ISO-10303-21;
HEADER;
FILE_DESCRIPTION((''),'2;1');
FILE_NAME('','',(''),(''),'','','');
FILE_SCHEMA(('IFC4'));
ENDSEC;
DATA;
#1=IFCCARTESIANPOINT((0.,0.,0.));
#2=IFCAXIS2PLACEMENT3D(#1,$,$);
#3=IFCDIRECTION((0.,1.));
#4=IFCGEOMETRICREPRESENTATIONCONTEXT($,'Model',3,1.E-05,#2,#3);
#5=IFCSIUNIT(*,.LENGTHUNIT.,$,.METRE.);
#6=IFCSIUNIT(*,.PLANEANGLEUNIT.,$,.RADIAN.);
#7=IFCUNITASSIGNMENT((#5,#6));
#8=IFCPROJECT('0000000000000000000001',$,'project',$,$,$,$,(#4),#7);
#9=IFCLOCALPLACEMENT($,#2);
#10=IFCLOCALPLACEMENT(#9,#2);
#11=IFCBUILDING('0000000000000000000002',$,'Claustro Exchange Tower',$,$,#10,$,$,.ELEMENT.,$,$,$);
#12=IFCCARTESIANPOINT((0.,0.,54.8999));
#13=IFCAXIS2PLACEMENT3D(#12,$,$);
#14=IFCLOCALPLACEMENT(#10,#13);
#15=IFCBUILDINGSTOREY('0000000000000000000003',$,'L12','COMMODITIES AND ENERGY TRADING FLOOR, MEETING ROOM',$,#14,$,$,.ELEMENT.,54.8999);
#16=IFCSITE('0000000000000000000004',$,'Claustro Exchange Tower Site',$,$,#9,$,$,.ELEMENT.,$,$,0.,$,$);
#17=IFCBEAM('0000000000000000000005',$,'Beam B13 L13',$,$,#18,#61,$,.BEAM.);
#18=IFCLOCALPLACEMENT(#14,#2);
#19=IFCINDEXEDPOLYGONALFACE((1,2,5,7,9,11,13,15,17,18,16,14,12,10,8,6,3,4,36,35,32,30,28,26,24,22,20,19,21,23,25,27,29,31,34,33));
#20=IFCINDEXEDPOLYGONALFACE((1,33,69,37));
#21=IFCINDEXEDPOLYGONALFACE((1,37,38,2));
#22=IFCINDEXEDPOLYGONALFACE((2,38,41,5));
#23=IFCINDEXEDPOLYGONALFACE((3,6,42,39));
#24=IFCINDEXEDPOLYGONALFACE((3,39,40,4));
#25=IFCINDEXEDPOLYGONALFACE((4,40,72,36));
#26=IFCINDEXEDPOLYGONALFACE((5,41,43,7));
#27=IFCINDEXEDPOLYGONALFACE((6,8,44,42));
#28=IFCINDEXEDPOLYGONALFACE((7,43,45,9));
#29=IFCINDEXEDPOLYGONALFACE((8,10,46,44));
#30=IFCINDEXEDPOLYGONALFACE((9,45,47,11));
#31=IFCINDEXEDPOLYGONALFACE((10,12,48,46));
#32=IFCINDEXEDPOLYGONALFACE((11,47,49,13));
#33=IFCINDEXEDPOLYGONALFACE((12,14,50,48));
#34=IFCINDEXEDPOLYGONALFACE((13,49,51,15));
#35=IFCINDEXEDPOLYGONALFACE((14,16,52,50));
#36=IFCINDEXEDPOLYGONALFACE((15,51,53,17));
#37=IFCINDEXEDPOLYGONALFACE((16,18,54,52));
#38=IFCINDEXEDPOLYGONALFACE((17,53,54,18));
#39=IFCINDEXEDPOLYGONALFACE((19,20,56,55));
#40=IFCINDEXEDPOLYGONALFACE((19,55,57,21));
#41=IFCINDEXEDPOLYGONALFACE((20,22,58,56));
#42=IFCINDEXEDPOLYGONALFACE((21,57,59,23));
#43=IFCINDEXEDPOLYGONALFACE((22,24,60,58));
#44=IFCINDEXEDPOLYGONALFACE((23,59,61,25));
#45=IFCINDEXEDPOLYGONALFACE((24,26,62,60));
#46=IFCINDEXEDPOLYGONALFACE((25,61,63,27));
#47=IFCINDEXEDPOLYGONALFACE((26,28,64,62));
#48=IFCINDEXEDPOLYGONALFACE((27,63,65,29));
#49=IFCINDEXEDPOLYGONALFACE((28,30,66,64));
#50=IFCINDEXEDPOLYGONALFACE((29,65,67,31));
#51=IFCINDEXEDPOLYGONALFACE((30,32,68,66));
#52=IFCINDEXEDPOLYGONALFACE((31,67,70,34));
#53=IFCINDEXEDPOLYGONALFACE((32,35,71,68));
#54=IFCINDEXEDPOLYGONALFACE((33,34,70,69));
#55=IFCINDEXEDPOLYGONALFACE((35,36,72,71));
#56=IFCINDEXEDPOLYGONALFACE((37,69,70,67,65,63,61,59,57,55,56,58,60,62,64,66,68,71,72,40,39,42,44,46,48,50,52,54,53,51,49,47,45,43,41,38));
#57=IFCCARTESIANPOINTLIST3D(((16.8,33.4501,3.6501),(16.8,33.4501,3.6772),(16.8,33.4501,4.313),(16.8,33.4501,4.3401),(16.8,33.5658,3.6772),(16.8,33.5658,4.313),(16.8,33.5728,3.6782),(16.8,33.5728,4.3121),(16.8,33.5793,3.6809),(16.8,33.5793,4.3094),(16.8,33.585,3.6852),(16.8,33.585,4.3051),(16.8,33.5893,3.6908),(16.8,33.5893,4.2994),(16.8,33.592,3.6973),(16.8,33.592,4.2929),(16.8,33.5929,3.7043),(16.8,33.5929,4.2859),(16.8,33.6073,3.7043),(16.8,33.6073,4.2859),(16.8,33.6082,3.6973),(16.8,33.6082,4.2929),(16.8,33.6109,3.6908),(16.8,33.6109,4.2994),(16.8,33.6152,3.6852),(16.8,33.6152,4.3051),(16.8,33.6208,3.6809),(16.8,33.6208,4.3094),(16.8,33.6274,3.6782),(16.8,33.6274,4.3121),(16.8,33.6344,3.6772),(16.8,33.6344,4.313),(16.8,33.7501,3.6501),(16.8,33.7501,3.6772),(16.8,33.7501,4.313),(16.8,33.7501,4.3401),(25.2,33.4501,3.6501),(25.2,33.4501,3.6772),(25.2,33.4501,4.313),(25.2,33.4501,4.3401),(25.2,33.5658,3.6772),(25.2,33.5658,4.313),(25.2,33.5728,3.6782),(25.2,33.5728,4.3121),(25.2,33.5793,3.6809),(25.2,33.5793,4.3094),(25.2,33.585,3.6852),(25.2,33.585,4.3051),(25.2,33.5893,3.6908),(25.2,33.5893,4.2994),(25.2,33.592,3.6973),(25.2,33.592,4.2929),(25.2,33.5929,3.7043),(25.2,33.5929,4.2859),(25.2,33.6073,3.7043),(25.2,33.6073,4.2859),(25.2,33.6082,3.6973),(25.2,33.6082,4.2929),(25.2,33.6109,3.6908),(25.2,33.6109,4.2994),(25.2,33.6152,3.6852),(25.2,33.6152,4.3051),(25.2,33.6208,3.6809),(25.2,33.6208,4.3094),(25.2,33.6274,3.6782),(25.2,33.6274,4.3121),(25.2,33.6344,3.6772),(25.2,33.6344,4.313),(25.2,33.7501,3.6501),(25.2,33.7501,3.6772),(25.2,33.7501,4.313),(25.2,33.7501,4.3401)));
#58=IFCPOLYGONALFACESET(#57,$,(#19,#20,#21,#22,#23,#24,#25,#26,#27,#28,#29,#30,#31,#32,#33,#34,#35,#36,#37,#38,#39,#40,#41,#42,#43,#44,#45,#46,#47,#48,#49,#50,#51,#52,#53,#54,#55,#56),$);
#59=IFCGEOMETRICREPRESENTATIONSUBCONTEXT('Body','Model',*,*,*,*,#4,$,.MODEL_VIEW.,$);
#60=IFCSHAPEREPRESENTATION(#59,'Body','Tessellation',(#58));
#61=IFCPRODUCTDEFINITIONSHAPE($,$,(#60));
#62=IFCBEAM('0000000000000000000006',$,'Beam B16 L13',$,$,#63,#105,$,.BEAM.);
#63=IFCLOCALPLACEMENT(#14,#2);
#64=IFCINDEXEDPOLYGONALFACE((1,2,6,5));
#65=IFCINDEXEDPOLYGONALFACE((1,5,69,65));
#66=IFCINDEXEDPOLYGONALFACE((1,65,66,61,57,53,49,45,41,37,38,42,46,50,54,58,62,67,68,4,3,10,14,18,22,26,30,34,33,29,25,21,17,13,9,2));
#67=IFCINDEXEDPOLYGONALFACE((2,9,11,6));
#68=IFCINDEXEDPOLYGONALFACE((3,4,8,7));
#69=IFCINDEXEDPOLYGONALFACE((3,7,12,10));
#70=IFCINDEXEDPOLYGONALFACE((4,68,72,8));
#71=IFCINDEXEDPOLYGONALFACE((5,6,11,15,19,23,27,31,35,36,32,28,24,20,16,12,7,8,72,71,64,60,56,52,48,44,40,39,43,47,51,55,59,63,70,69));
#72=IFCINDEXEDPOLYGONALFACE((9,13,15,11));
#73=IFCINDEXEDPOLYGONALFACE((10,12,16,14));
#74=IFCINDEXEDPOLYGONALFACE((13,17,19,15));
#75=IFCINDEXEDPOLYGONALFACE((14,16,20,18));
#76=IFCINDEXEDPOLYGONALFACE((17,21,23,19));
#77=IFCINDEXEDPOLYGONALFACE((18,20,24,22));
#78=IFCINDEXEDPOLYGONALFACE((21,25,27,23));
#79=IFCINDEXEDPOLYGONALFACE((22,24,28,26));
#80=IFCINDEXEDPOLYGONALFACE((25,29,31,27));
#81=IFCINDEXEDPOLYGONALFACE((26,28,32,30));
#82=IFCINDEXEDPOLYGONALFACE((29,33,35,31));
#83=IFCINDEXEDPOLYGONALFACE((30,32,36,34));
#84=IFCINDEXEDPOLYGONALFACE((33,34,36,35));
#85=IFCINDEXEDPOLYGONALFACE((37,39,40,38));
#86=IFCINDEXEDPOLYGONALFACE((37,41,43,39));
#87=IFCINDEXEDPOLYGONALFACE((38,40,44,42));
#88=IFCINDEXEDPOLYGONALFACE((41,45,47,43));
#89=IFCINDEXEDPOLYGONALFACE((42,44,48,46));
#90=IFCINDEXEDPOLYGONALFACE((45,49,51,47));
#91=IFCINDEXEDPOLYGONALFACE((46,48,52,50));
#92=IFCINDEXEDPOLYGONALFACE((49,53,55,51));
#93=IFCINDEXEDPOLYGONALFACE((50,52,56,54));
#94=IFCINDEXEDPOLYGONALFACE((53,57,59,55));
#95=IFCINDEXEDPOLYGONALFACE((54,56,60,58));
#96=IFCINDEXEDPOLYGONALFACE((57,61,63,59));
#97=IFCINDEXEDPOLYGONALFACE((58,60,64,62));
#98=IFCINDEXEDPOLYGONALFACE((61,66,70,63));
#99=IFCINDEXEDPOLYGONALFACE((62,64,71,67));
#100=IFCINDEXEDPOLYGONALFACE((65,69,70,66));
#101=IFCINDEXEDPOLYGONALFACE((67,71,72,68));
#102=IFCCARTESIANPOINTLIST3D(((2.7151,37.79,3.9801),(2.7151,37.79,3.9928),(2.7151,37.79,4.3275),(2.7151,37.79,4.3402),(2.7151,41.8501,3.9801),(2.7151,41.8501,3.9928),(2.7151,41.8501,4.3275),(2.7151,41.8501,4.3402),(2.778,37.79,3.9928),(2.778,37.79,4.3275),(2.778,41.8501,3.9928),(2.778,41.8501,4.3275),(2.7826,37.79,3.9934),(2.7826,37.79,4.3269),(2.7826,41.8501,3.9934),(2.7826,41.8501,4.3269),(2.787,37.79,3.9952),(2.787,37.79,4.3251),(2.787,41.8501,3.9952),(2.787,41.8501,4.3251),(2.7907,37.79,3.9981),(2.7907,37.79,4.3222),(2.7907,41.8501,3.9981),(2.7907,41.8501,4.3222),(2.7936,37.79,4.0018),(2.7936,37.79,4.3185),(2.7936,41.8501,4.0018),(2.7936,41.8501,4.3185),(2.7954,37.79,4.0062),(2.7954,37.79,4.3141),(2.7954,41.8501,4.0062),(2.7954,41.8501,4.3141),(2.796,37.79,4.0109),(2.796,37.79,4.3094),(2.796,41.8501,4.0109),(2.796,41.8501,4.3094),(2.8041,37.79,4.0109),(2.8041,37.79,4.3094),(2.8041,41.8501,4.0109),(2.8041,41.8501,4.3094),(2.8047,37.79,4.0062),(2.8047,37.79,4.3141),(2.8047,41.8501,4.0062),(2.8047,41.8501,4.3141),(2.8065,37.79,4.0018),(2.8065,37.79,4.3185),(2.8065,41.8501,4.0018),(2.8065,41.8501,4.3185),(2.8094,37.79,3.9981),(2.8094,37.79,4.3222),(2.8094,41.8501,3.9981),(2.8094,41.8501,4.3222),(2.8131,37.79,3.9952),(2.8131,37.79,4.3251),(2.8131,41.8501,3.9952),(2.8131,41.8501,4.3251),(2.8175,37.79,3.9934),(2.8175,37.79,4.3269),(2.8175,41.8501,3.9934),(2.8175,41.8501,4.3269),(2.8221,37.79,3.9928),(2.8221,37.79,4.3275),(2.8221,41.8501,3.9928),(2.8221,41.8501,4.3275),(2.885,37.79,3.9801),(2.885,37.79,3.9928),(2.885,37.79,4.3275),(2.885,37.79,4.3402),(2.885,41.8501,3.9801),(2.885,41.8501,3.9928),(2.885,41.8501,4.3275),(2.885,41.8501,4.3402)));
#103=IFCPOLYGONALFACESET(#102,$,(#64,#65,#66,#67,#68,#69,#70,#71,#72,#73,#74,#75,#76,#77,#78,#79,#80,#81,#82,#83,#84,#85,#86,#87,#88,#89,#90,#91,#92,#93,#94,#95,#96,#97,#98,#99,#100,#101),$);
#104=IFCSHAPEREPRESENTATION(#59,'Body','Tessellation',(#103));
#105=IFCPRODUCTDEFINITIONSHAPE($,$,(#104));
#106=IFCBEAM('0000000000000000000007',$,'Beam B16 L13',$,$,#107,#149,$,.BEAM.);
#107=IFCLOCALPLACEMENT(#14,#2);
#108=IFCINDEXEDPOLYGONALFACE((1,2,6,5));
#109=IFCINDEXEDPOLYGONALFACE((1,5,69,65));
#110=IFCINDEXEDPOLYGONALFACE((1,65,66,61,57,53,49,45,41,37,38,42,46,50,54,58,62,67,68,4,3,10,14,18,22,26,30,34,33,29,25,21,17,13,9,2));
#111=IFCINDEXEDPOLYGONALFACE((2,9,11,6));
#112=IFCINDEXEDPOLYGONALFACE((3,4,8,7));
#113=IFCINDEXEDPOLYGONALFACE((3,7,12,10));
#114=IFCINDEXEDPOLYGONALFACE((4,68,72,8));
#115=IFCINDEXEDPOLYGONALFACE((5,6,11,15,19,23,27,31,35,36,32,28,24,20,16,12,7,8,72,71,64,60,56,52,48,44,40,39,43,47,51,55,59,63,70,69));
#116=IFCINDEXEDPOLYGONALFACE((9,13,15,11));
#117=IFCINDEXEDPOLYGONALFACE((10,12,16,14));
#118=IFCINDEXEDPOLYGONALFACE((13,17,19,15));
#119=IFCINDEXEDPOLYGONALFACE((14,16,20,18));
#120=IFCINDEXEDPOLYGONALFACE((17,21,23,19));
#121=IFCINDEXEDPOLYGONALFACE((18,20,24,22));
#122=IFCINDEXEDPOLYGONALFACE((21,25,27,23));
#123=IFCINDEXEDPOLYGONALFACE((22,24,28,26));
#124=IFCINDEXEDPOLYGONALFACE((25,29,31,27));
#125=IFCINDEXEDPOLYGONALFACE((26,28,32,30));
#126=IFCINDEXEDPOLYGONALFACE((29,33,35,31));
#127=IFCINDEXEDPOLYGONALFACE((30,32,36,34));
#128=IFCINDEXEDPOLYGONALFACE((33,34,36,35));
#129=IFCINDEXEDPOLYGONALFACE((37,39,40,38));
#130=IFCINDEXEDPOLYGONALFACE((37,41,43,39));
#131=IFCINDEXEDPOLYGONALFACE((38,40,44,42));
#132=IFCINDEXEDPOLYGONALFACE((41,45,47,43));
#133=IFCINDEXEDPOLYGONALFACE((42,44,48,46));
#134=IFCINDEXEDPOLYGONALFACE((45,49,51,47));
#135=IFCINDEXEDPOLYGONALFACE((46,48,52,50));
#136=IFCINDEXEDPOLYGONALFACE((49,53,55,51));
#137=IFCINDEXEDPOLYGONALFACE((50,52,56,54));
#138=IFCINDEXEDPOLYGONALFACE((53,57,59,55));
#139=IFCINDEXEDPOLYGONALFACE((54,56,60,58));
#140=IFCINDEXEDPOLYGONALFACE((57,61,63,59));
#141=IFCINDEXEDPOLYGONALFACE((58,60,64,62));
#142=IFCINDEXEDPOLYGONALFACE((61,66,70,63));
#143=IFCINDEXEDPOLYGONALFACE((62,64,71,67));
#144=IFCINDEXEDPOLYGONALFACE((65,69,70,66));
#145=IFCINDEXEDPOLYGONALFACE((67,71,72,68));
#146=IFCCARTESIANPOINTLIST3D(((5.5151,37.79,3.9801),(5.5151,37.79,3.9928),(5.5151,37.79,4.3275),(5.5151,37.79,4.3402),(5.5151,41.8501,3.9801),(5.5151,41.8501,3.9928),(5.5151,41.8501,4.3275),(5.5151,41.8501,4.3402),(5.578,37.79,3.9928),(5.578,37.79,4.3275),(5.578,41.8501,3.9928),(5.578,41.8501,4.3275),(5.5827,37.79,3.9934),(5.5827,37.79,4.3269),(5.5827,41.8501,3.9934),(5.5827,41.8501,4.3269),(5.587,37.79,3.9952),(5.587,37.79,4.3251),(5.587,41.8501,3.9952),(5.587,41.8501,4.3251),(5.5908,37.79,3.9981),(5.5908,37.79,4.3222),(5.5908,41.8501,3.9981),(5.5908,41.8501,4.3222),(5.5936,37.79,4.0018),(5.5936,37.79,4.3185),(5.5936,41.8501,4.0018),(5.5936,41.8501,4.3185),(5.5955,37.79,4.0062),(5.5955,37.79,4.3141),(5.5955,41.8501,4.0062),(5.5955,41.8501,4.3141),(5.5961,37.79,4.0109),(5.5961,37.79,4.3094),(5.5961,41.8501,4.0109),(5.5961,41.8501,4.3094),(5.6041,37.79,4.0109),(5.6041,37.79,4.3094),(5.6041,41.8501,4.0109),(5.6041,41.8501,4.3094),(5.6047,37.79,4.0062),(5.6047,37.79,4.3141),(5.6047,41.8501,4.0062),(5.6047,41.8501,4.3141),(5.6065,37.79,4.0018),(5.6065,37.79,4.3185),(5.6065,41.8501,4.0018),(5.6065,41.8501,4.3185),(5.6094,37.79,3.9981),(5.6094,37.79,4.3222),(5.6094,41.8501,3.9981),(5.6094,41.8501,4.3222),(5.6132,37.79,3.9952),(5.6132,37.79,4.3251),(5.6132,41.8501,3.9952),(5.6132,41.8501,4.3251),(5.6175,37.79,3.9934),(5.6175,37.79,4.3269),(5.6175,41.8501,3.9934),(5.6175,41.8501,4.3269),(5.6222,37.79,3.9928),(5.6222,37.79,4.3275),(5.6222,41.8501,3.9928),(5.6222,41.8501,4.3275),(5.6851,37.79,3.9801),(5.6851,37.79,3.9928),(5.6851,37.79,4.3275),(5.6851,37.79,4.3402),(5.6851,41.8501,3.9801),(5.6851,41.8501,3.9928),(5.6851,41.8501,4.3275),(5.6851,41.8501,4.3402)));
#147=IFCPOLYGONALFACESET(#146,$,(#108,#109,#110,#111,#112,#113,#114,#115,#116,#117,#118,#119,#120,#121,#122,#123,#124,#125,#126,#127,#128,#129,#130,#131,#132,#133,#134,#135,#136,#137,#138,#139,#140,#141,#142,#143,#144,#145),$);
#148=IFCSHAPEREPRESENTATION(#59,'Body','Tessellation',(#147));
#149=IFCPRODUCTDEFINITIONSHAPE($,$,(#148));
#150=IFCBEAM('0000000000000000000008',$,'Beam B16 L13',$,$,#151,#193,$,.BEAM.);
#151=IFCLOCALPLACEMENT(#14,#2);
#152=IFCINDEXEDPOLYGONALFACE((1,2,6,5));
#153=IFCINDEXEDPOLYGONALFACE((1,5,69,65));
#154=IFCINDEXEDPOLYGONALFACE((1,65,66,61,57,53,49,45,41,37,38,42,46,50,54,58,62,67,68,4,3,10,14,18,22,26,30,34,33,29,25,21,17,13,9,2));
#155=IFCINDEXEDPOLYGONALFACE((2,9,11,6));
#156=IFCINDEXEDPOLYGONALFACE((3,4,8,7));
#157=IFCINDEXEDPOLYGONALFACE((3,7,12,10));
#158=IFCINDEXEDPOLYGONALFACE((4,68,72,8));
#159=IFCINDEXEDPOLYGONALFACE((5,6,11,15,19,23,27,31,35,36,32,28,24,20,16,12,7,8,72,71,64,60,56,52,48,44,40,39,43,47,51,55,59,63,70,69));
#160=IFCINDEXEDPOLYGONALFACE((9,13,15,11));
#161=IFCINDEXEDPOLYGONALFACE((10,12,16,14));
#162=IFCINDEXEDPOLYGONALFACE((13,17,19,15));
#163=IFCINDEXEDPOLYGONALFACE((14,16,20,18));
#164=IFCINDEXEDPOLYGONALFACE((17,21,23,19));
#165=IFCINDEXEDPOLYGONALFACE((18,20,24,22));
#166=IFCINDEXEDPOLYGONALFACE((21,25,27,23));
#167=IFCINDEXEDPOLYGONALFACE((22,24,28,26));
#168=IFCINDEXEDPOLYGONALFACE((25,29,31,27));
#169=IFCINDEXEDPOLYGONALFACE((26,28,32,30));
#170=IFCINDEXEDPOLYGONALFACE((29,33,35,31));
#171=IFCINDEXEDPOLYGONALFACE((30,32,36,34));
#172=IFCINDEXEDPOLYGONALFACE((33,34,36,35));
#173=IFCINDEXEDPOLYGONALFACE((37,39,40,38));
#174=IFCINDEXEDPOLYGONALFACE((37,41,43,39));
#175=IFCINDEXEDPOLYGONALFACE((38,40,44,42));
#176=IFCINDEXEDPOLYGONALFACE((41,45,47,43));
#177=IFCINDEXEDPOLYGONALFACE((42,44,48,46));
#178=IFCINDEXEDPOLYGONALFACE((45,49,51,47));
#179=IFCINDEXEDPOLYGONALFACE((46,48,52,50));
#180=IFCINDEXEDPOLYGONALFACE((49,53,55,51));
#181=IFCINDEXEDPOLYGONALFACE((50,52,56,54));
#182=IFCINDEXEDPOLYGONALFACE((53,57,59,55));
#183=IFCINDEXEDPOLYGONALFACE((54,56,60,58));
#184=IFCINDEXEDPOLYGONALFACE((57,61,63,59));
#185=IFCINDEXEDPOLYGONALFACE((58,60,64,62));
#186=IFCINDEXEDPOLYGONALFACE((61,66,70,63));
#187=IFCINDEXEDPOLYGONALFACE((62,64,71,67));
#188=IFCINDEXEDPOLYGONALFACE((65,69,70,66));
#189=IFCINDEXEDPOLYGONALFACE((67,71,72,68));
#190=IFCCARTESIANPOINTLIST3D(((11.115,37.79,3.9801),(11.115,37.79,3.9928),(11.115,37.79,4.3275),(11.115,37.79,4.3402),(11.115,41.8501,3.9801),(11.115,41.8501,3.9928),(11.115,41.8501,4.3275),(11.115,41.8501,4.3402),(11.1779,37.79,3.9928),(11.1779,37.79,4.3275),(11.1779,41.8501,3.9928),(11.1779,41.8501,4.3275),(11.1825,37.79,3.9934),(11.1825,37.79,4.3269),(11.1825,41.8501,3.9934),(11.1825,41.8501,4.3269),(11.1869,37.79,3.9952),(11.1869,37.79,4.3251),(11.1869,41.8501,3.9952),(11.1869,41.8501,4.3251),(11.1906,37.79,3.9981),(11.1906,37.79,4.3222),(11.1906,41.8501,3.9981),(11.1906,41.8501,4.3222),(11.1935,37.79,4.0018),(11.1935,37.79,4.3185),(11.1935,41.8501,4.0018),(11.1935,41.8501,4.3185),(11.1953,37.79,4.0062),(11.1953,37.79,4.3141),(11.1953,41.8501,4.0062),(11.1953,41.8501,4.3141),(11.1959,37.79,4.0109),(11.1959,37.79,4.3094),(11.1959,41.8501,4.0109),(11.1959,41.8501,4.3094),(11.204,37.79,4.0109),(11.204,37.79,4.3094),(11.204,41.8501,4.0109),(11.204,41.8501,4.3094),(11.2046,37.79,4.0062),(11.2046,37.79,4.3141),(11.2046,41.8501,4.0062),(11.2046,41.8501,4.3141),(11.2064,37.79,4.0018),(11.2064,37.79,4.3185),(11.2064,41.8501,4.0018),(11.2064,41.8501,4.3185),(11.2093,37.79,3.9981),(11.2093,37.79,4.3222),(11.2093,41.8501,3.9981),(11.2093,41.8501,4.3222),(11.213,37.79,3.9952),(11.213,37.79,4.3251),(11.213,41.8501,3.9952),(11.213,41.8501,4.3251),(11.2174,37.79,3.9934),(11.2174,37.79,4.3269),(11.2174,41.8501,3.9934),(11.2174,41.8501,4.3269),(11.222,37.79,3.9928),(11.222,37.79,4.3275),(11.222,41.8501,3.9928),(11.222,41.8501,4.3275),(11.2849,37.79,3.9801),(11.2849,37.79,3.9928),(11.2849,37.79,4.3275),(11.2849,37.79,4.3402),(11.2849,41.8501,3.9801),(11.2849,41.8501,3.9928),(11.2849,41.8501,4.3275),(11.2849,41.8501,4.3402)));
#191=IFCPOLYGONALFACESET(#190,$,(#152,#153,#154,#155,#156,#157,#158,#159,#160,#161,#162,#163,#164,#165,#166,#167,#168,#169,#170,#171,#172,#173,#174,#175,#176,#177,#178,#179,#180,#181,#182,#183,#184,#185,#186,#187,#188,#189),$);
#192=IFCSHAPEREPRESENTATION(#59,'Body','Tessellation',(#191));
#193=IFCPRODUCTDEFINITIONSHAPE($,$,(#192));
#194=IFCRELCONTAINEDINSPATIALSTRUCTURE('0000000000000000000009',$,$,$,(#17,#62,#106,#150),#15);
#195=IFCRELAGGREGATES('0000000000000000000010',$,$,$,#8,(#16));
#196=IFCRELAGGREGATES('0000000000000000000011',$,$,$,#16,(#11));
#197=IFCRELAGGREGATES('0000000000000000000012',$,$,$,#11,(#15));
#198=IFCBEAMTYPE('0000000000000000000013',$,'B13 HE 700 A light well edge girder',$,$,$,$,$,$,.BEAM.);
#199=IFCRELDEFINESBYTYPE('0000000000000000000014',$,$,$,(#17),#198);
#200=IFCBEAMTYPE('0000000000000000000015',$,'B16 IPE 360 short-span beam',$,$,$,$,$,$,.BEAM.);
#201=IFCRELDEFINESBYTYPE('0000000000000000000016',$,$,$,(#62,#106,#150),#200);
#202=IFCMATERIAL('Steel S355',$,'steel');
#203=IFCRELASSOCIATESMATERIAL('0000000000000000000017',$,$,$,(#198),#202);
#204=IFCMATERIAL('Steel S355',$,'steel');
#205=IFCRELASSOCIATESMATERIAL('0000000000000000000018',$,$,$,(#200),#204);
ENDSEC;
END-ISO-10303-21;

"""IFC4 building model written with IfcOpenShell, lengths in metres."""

from ifc_helpers import new_model, si_unit, direction, frame, origin, origin_2d, place, context, subcontext, project, spatial, i_section, extrude, material, material_profile, profile_set, type_object, element, save


model = new_model("IFC4")

# Units and contexts
model_context = context("Model", 3, precision=1e-05, world=origin(), true_north=direction((0.0, 1.0)))
body_context = subcontext(model_context, "Body", "Model", "MODEL_VIEW")
ifc_project = project(units=[si_unit("LENGTHUNIT", "METRE"), si_unit("PLANEANGLEUNIT", "RADIAN")], contexts=[model_context])

# Site, building, storey
site_placement = place(None, origin())
site = spatial("IfcSite", under=ifc_project, at=site_placement, Name="Claustro Exchange Tower Site", CompositionType="ELEMENT", RefElevation=0.0)
building_placement = place(site_placement, origin())
building = spatial("IfcBuilding", under=site, at=building_placement, Name="Claustro Exchange Tower", CompositionType="ELEMENT")
storey_placement = place(building_placement, frame((0.0, 0.0, 54.8999)))
storey = spatial("IfcBuildingStorey", under=building, at=storey_placement, Name="L12", Description="COMMODITIES AND ENERGY TRADING FLOOR, MEETING ROOM", CompositionType="ELEMENT", Elevation=54.8999)

# Beams
ifc_material_1 = material(Name="Steel S355", Category="steel")
ifc_material_profile_1 = material_profile(ifc_material_1, i_section(OverallWidth=0.3, OverallDepth=0.6899, WebThickness=0.0144, FlangeThickness=0.0271, FilletRadius=0.0271, at=origin_2d()), Name="HE 700 A")
ifc_profile_set_1 = profile_set([ifc_material_profile_1], Name="Steel S355")
beam_type_1 = type_object("IfcBeamType", Name="B13 HE 700 A light well edge girder", PredefinedType="BEAM", material=ifc_profile_set_1)
beam_1_placement = place(storey_placement, frame((16.8, 33.6001, 3.9951), z_axis=(1.0, 0.0, 0.0), x_axis=(0.0, 1.0, 0.0)))
element("IfcBeam", 1, at=beam_1_placement, inside=storey, type_object=beam_type_1, Name="Beam B13 L13", PredefinedType="BEAM", context=body_context, shape_type="SweptSolid", body=[
    extrude(i_section(OverallWidth=0.3, OverallDepth=0.6899, WebThickness=0.0144, FlangeThickness=0.0271, FilletRadius=0.0271, at=origin_2d()), origin(), (0.0, 0.0, 1.0), 8.3999),
])
ifc_material_2 = material(Name="Steel S355", Category="steel")
ifc_material_profile_2 = material_profile(ifc_material_2, i_section(OverallWidth=0.1699, OverallDepth=0.3601, WebThickness=0.0081, FlangeThickness=0.0127, FilletRadius=0.0181, at=origin_2d()), Name="IPE 360")
ifc_profile_set_2 = profile_set([ifc_material_profile_2], Name="Steel S355")
beam_type_2 = type_object("IfcBeamType", Name="B16 IPE 360 short-span beam", PredefinedType="BEAM", material=ifc_profile_set_2)
for number, where, z_axis, x_axis, name in (
    (2, (2.8, 37.79, 4.1602), (0.0, 1.0, 0.0), (-1.0, 0.0, 0.0), "Beam B16 L13"),
    (3, (5.6001, 37.79, 4.1602), (0.0, 1.0, 0.0), (-1.0, 0.0, 0.0), "Beam B16 L13"),
    (4, (11.2, 37.79, 4.1602), (0.0, 1.0, 0.0), (-1.0, 0.0, 0.0), "Beam B16 L13"),
):
    element("IfcBeam", number, at=place(storey_placement, frame(where, z_axis=z_axis, x_axis=x_axis)), inside=storey, type_object=beam_type_2, Name=name, PredefinedType="BEAM", context=body_context, shape_type="SweptSolid", body=[
        extrude(i_section(OverallWidth=0.1699, OverallDepth=0.3601, WebThickness=0.0081, FlangeThickness=0.0127, FilletRadius=0.0181, at=origin_2d()), origin(), (0.0, 0.0, 1.0), 4.0601),
    ])

save(model, "model.ifc")
